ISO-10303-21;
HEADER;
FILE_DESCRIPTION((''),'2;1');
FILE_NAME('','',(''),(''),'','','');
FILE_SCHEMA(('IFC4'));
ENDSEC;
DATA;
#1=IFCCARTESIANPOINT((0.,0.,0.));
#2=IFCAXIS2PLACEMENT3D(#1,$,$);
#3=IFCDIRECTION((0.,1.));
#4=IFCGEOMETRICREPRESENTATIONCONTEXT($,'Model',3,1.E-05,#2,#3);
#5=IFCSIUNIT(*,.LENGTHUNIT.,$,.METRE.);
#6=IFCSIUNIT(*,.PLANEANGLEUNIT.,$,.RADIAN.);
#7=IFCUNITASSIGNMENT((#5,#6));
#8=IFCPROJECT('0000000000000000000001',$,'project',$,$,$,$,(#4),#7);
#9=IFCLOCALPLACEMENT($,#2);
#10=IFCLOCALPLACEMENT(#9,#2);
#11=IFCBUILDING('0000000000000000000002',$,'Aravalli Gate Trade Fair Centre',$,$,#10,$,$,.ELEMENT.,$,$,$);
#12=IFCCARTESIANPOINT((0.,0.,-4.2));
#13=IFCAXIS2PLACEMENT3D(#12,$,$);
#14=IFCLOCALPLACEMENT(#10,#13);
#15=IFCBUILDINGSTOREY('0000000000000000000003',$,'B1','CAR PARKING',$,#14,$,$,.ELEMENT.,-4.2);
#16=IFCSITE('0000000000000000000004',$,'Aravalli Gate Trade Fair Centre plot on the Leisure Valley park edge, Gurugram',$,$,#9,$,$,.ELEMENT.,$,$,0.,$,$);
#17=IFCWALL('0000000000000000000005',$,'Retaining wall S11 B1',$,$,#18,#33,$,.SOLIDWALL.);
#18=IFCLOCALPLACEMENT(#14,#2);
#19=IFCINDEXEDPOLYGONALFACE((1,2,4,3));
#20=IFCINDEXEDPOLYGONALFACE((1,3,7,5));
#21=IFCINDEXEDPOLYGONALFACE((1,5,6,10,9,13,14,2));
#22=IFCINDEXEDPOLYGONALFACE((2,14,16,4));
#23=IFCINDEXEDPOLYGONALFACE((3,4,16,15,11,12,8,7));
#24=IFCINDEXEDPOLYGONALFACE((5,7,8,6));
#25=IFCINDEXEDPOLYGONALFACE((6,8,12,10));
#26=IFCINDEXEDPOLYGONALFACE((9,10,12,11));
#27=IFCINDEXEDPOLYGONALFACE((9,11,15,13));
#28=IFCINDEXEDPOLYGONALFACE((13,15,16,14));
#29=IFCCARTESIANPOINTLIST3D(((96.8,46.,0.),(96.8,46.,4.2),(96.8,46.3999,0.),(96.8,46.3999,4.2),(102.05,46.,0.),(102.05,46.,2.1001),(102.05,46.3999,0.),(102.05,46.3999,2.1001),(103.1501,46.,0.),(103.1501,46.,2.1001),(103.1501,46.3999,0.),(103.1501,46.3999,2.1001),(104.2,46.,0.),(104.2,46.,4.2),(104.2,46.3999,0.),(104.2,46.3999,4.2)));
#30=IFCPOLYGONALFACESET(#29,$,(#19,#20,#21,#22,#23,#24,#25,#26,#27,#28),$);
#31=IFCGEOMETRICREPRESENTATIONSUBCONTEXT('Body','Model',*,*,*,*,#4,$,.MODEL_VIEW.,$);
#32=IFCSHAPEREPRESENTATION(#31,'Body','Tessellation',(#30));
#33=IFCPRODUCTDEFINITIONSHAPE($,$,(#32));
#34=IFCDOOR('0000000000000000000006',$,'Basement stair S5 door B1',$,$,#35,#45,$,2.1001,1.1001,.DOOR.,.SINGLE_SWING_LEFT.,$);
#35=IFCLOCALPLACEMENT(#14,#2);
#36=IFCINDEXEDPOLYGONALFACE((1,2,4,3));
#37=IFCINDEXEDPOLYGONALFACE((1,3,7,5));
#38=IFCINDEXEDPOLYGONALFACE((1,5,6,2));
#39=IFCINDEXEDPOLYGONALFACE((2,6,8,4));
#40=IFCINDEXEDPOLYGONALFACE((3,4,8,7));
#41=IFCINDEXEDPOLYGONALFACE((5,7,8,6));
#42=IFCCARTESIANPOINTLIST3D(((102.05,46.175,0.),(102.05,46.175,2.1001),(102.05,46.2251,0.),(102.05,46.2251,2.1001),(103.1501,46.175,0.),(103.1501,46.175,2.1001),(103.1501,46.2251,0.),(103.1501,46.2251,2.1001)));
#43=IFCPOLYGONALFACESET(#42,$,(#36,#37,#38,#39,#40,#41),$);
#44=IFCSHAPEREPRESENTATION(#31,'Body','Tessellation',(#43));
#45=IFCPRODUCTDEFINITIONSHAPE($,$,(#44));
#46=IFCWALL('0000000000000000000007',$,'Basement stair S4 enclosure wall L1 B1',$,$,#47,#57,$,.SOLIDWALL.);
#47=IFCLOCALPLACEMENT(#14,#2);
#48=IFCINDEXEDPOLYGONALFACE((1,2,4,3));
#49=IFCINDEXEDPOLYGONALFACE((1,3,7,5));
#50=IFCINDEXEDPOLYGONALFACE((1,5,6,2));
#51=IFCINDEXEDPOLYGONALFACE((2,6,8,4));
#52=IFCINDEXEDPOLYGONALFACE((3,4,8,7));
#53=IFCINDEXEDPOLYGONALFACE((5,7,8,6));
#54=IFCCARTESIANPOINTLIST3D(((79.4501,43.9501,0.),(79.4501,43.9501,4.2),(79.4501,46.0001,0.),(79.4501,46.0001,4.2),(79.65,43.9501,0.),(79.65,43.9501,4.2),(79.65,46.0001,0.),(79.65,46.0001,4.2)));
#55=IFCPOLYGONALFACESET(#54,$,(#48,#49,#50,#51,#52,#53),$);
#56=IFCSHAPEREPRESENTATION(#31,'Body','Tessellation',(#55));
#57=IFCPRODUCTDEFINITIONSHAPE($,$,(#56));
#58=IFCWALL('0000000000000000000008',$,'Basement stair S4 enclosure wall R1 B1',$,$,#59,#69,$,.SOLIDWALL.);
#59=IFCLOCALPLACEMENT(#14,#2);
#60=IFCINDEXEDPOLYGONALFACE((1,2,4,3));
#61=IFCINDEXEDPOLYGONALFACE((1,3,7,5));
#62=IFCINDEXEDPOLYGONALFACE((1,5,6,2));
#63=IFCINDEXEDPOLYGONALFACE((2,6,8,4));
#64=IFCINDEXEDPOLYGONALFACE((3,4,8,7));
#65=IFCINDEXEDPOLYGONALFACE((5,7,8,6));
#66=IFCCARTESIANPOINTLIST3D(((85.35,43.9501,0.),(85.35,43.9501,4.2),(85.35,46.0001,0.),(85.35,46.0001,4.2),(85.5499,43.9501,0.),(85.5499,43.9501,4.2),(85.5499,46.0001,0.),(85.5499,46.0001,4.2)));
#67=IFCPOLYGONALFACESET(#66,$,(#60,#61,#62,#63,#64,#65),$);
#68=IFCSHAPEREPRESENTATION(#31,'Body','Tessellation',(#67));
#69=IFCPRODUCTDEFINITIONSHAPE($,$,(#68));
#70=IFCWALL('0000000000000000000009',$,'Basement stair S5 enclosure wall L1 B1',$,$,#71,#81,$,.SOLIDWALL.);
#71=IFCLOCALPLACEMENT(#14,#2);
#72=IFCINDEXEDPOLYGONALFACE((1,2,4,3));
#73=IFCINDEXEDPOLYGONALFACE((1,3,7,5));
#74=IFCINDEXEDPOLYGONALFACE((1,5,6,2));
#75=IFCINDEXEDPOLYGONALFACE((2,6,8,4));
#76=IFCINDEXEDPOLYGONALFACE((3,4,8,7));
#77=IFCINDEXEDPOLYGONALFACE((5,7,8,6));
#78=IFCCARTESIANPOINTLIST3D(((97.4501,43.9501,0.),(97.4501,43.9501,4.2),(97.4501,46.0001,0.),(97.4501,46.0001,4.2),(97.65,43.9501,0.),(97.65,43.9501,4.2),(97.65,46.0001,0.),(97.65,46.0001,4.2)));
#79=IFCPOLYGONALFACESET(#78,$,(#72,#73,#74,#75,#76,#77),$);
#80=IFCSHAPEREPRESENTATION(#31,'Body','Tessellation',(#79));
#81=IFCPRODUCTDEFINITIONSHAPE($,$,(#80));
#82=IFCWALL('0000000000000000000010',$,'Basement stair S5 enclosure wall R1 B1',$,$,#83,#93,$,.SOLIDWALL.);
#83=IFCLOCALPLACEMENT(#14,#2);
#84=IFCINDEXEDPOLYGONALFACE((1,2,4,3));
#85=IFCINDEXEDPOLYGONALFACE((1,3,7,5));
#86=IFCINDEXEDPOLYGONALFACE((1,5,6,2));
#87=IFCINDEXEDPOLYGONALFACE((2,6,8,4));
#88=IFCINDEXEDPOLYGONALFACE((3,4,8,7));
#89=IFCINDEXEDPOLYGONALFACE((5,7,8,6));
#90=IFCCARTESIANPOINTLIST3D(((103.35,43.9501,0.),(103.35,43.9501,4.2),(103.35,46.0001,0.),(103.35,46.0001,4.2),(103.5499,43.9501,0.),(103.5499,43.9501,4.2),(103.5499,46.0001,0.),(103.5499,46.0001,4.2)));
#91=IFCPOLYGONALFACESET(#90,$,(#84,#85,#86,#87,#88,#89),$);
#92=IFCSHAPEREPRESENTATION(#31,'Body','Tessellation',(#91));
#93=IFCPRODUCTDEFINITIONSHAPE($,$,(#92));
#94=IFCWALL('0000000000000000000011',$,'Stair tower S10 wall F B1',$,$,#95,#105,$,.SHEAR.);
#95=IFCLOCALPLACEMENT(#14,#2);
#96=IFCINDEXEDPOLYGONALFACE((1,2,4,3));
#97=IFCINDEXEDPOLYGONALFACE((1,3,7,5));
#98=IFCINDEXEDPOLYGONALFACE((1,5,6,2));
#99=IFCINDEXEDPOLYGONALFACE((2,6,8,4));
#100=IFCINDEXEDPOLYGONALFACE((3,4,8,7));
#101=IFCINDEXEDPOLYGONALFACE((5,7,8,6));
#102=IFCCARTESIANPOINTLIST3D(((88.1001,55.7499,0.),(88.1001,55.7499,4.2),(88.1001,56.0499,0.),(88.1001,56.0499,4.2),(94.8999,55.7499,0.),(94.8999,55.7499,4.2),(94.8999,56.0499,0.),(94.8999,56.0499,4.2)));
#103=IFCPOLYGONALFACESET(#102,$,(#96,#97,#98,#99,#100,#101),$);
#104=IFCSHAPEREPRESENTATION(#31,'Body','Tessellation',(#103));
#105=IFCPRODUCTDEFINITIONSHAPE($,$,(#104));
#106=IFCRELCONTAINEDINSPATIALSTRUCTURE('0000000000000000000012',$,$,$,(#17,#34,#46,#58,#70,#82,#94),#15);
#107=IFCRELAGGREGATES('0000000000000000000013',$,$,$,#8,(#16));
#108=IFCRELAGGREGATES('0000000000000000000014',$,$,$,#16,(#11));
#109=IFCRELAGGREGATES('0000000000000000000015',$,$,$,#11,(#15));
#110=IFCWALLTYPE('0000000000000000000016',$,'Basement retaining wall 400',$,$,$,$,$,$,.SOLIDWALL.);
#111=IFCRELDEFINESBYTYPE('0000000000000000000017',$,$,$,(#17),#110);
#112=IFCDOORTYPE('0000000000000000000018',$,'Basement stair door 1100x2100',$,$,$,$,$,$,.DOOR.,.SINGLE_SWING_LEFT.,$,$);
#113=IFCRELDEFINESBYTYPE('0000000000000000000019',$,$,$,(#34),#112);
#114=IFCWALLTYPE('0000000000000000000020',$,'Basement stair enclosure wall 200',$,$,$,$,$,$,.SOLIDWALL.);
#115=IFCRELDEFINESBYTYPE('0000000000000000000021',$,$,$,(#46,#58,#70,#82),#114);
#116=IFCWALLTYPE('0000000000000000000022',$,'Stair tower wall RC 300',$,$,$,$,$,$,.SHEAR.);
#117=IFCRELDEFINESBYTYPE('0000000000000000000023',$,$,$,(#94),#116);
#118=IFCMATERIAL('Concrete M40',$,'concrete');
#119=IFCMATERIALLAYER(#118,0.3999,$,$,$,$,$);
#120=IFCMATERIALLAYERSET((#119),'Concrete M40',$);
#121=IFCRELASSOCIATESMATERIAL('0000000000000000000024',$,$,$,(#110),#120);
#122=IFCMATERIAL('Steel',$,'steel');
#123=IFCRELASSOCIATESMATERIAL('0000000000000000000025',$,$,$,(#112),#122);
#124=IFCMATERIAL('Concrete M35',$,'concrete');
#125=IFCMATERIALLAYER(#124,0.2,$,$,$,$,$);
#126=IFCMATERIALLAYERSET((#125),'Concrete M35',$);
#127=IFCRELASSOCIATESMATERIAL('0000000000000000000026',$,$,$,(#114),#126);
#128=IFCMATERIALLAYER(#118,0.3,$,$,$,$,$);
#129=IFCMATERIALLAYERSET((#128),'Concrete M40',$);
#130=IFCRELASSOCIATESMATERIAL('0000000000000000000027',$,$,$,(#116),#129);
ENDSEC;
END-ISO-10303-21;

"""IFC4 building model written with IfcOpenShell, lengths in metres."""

from ifc_helpers import new_model, si_unit, direction, frame, frame_2d, origin, place, context, subcontext, project, spatial, rectangle, extrude, material, layer, layer_set, type_object, element, fill, save


model = new_model("IFC4")

# Units and contexts
model_context = context("Model", 3, precision=1e-05, world=origin(), true_north=direction((0.0, 1.0)))
body_context = subcontext(model_context, "Body", "Model", "MODEL_VIEW")
ifc_project = project(units=[si_unit("LENGTHUNIT", "METRE"), si_unit("PLANEANGLEUNIT", "RADIAN")], contexts=[model_context])

# Site, building, storey
site_placement = place(None, origin())
site = spatial("IfcSite", under=ifc_project, at=site_placement, Name="Aravalli Gate Trade Fair Centre plot on the Leisure Valley park edge, Gurugram", CompositionType="ELEMENT", RefElevation=0.0)
building_placement = place(site_placement, origin())
building = spatial("IfcBuilding", under=site, at=building_placement, Name="Aravalli Gate Trade Fair Centre", CompositionType="ELEMENT")
storey_placement = place(building_placement, frame((0.0, 0.0, -4.2)))
storey = spatial("IfcBuildingStorey", under=building, at=storey_placement, Name="B1", Description="CAR PARKING", CompositionType="ELEMENT", Elevation=-4.2)

# Shared definitions
ifc_material_1 = material(Name="Concrete M40", Category="concrete")
ifc_layer_1 = layer(ifc_material_1, 0.3999)
ifc_layer_set_1 = layer_set([ifc_layer_1], Name="Concrete M40")
wall_type_1 = type_object("IfcWallType", Name="Basement retaining wall 400", PredefinedType="SOLIDWALL", material=ifc_layer_set_1)
ifc_material_2 = material(Name="Steel", Category="steel")
door_type = type_object("IfcDoorType", Name="Basement stair door 1100x2100", OperationType="SINGLE_SWING_LEFT", PredefinedType="DOOR", material=ifc_material_2)

# Wall, opening, door
wall_1_placement = place(storey_placement, frame((96.8, 46.2, 0.0), z_axis=(0.0, 0.0, 1.0), x_axis=(1.0, 0.0, 0.0)))
wall_1 = element("IfcWall", 1, at=wall_1_placement, inside=storey, type_object=wall_type_1, Name="Retaining wall S11 B1", PredefinedType="SOLIDWALL", context=body_context, shape_type="SweptSolid", body=[
    extrude(rectangle(XDim=7.3999, YDim=0.3999, at=frame_2d((3.7, 0.0))), origin(), (0.0, 0.0, 1.0), 4.2),
])
opening_1_placement = place(wall_1_placement, frame((5.25, 0.0, 0.0)))
opening_1 = element("IfcOpeningElement", 2, at=opening_1_placement, cuts=wall_1, PredefinedType="OPENING", context=body_context, shape_type="SweptSolid", body=[
    extrude(rectangle(XDim=1.1001, YDim=2.1001, at=frame_2d((0.55, 1.05))), frame((0.0, 0.21, 0.0), z_axis=(0.0, -1.0, 0.0), x_axis=(1.0, 0.0, 0.0)), (0.0, 0.0, 1.0), 0.4199),
])
door_1_placement = place(opening_1_placement, frame((1.1001, 0.0, 0.0), z_axis=(0.0, 0.0, 1.0), x_axis=(-1.0, 0.0, 0.0)))
door_1 = element("IfcDoor", 3, at=door_1_placement, inside=storey, type_object=door_type, Name="Basement stair S5 door B1", OperationType="SINGLE_SWING_LEFT", OverallHeight=2.1001, OverallWidth=1.1001, PredefinedType="DOOR", context=body_context, shape_type="SweptSolid", body=[
    extrude(rectangle(XDim=1.1001, YDim=2.1001, at=frame_2d((0.55, 1.05))), frame((0.0, 0.0249, 0.0), z_axis=(0.0, -1.0, 0.0), x_axis=(1.0, 0.0, 0.0)), (0.0, 0.0, 1.0), 0.05),
])
fill(opening_1, door_1)

# Walls
ifc_material_3 = material(Name="Concrete M35", Category="concrete")
ifc_layer_2 = layer(ifc_material_3, 0.2)
ifc_layer_set_2 = layer_set([ifc_layer_2], Name="Concrete M35")
wall_type_2 = type_object("IfcWallType", Name="Basement stair enclosure wall 200", PredefinedType="SOLIDWALL", material=ifc_layer_set_2)
for number, where, z_axis, x_axis, name in (
    (4, (79.55, 46.0, 0.0), (0.0, 0.0, 1.0), (0.0, -1.0, 0.0), "Basement stair S4 enclosure wall L1 B1"),
    (5, (85.45, 46.0, 0.0), (0.0, 0.0, 1.0), (0.0, -1.0, 0.0), "Basement stair S4 enclosure wall R1 B1"),
    (6, (97.55, 46.0, 0.0), (0.0, 0.0, 1.0), (0.0, -1.0, 0.0), "Basement stair S5 enclosure wall L1 B1"),
    (7, (103.45, 46.0, 0.0), (0.0, 0.0, 1.0), (0.0, -1.0, 0.0), "Basement stair S5 enclosure wall R1 B1"),
):
    element("IfcWall", number, at=place(storey_placement, frame(where, z_axis=z_axis, x_axis=x_axis)), inside=storey, type_object=wall_type_2, Name=name, PredefinedType="SOLIDWALL", context=body_context, shape_type="SweptSolid", body=[
        extrude(rectangle(XDim=2.05, YDim=0.2, at=frame_2d((1.0249, 0.0))), origin(), (0.0, 0.0, 1.0), 4.2),
    ])
ifc_layer_3 = layer(ifc_material_1, 0.3)
ifc_layer_set_3 = layer_set([ifc_layer_3], Name="Concrete M40")
wall_type_3 = type_object("IfcWallType", Name="Stair tower wall RC 300", PredefinedType="SHEAR", material=ifc_layer_set_3)
wall_2_placement = place(storey_placement, frame((88.1001, 55.8999, 0.0), z_axis=(0.0, 0.0, 1.0), x_axis=(1.0, 0.0, 0.0)))
element("IfcWall", 8, at=wall_2_placement, inside=storey, type_object=wall_type_3, Name="Stair tower S10 wall F B1", PredefinedType="SHEAR", context=body_context, shape_type="SweptSolid", body=[
    extrude(rectangle(XDim=6.7998, YDim=0.3, at=frame_2d((3.3999, 0.0))), origin(), (0.0, 0.0, 1.0), 4.2),
])

save(model, "model.ifc")
